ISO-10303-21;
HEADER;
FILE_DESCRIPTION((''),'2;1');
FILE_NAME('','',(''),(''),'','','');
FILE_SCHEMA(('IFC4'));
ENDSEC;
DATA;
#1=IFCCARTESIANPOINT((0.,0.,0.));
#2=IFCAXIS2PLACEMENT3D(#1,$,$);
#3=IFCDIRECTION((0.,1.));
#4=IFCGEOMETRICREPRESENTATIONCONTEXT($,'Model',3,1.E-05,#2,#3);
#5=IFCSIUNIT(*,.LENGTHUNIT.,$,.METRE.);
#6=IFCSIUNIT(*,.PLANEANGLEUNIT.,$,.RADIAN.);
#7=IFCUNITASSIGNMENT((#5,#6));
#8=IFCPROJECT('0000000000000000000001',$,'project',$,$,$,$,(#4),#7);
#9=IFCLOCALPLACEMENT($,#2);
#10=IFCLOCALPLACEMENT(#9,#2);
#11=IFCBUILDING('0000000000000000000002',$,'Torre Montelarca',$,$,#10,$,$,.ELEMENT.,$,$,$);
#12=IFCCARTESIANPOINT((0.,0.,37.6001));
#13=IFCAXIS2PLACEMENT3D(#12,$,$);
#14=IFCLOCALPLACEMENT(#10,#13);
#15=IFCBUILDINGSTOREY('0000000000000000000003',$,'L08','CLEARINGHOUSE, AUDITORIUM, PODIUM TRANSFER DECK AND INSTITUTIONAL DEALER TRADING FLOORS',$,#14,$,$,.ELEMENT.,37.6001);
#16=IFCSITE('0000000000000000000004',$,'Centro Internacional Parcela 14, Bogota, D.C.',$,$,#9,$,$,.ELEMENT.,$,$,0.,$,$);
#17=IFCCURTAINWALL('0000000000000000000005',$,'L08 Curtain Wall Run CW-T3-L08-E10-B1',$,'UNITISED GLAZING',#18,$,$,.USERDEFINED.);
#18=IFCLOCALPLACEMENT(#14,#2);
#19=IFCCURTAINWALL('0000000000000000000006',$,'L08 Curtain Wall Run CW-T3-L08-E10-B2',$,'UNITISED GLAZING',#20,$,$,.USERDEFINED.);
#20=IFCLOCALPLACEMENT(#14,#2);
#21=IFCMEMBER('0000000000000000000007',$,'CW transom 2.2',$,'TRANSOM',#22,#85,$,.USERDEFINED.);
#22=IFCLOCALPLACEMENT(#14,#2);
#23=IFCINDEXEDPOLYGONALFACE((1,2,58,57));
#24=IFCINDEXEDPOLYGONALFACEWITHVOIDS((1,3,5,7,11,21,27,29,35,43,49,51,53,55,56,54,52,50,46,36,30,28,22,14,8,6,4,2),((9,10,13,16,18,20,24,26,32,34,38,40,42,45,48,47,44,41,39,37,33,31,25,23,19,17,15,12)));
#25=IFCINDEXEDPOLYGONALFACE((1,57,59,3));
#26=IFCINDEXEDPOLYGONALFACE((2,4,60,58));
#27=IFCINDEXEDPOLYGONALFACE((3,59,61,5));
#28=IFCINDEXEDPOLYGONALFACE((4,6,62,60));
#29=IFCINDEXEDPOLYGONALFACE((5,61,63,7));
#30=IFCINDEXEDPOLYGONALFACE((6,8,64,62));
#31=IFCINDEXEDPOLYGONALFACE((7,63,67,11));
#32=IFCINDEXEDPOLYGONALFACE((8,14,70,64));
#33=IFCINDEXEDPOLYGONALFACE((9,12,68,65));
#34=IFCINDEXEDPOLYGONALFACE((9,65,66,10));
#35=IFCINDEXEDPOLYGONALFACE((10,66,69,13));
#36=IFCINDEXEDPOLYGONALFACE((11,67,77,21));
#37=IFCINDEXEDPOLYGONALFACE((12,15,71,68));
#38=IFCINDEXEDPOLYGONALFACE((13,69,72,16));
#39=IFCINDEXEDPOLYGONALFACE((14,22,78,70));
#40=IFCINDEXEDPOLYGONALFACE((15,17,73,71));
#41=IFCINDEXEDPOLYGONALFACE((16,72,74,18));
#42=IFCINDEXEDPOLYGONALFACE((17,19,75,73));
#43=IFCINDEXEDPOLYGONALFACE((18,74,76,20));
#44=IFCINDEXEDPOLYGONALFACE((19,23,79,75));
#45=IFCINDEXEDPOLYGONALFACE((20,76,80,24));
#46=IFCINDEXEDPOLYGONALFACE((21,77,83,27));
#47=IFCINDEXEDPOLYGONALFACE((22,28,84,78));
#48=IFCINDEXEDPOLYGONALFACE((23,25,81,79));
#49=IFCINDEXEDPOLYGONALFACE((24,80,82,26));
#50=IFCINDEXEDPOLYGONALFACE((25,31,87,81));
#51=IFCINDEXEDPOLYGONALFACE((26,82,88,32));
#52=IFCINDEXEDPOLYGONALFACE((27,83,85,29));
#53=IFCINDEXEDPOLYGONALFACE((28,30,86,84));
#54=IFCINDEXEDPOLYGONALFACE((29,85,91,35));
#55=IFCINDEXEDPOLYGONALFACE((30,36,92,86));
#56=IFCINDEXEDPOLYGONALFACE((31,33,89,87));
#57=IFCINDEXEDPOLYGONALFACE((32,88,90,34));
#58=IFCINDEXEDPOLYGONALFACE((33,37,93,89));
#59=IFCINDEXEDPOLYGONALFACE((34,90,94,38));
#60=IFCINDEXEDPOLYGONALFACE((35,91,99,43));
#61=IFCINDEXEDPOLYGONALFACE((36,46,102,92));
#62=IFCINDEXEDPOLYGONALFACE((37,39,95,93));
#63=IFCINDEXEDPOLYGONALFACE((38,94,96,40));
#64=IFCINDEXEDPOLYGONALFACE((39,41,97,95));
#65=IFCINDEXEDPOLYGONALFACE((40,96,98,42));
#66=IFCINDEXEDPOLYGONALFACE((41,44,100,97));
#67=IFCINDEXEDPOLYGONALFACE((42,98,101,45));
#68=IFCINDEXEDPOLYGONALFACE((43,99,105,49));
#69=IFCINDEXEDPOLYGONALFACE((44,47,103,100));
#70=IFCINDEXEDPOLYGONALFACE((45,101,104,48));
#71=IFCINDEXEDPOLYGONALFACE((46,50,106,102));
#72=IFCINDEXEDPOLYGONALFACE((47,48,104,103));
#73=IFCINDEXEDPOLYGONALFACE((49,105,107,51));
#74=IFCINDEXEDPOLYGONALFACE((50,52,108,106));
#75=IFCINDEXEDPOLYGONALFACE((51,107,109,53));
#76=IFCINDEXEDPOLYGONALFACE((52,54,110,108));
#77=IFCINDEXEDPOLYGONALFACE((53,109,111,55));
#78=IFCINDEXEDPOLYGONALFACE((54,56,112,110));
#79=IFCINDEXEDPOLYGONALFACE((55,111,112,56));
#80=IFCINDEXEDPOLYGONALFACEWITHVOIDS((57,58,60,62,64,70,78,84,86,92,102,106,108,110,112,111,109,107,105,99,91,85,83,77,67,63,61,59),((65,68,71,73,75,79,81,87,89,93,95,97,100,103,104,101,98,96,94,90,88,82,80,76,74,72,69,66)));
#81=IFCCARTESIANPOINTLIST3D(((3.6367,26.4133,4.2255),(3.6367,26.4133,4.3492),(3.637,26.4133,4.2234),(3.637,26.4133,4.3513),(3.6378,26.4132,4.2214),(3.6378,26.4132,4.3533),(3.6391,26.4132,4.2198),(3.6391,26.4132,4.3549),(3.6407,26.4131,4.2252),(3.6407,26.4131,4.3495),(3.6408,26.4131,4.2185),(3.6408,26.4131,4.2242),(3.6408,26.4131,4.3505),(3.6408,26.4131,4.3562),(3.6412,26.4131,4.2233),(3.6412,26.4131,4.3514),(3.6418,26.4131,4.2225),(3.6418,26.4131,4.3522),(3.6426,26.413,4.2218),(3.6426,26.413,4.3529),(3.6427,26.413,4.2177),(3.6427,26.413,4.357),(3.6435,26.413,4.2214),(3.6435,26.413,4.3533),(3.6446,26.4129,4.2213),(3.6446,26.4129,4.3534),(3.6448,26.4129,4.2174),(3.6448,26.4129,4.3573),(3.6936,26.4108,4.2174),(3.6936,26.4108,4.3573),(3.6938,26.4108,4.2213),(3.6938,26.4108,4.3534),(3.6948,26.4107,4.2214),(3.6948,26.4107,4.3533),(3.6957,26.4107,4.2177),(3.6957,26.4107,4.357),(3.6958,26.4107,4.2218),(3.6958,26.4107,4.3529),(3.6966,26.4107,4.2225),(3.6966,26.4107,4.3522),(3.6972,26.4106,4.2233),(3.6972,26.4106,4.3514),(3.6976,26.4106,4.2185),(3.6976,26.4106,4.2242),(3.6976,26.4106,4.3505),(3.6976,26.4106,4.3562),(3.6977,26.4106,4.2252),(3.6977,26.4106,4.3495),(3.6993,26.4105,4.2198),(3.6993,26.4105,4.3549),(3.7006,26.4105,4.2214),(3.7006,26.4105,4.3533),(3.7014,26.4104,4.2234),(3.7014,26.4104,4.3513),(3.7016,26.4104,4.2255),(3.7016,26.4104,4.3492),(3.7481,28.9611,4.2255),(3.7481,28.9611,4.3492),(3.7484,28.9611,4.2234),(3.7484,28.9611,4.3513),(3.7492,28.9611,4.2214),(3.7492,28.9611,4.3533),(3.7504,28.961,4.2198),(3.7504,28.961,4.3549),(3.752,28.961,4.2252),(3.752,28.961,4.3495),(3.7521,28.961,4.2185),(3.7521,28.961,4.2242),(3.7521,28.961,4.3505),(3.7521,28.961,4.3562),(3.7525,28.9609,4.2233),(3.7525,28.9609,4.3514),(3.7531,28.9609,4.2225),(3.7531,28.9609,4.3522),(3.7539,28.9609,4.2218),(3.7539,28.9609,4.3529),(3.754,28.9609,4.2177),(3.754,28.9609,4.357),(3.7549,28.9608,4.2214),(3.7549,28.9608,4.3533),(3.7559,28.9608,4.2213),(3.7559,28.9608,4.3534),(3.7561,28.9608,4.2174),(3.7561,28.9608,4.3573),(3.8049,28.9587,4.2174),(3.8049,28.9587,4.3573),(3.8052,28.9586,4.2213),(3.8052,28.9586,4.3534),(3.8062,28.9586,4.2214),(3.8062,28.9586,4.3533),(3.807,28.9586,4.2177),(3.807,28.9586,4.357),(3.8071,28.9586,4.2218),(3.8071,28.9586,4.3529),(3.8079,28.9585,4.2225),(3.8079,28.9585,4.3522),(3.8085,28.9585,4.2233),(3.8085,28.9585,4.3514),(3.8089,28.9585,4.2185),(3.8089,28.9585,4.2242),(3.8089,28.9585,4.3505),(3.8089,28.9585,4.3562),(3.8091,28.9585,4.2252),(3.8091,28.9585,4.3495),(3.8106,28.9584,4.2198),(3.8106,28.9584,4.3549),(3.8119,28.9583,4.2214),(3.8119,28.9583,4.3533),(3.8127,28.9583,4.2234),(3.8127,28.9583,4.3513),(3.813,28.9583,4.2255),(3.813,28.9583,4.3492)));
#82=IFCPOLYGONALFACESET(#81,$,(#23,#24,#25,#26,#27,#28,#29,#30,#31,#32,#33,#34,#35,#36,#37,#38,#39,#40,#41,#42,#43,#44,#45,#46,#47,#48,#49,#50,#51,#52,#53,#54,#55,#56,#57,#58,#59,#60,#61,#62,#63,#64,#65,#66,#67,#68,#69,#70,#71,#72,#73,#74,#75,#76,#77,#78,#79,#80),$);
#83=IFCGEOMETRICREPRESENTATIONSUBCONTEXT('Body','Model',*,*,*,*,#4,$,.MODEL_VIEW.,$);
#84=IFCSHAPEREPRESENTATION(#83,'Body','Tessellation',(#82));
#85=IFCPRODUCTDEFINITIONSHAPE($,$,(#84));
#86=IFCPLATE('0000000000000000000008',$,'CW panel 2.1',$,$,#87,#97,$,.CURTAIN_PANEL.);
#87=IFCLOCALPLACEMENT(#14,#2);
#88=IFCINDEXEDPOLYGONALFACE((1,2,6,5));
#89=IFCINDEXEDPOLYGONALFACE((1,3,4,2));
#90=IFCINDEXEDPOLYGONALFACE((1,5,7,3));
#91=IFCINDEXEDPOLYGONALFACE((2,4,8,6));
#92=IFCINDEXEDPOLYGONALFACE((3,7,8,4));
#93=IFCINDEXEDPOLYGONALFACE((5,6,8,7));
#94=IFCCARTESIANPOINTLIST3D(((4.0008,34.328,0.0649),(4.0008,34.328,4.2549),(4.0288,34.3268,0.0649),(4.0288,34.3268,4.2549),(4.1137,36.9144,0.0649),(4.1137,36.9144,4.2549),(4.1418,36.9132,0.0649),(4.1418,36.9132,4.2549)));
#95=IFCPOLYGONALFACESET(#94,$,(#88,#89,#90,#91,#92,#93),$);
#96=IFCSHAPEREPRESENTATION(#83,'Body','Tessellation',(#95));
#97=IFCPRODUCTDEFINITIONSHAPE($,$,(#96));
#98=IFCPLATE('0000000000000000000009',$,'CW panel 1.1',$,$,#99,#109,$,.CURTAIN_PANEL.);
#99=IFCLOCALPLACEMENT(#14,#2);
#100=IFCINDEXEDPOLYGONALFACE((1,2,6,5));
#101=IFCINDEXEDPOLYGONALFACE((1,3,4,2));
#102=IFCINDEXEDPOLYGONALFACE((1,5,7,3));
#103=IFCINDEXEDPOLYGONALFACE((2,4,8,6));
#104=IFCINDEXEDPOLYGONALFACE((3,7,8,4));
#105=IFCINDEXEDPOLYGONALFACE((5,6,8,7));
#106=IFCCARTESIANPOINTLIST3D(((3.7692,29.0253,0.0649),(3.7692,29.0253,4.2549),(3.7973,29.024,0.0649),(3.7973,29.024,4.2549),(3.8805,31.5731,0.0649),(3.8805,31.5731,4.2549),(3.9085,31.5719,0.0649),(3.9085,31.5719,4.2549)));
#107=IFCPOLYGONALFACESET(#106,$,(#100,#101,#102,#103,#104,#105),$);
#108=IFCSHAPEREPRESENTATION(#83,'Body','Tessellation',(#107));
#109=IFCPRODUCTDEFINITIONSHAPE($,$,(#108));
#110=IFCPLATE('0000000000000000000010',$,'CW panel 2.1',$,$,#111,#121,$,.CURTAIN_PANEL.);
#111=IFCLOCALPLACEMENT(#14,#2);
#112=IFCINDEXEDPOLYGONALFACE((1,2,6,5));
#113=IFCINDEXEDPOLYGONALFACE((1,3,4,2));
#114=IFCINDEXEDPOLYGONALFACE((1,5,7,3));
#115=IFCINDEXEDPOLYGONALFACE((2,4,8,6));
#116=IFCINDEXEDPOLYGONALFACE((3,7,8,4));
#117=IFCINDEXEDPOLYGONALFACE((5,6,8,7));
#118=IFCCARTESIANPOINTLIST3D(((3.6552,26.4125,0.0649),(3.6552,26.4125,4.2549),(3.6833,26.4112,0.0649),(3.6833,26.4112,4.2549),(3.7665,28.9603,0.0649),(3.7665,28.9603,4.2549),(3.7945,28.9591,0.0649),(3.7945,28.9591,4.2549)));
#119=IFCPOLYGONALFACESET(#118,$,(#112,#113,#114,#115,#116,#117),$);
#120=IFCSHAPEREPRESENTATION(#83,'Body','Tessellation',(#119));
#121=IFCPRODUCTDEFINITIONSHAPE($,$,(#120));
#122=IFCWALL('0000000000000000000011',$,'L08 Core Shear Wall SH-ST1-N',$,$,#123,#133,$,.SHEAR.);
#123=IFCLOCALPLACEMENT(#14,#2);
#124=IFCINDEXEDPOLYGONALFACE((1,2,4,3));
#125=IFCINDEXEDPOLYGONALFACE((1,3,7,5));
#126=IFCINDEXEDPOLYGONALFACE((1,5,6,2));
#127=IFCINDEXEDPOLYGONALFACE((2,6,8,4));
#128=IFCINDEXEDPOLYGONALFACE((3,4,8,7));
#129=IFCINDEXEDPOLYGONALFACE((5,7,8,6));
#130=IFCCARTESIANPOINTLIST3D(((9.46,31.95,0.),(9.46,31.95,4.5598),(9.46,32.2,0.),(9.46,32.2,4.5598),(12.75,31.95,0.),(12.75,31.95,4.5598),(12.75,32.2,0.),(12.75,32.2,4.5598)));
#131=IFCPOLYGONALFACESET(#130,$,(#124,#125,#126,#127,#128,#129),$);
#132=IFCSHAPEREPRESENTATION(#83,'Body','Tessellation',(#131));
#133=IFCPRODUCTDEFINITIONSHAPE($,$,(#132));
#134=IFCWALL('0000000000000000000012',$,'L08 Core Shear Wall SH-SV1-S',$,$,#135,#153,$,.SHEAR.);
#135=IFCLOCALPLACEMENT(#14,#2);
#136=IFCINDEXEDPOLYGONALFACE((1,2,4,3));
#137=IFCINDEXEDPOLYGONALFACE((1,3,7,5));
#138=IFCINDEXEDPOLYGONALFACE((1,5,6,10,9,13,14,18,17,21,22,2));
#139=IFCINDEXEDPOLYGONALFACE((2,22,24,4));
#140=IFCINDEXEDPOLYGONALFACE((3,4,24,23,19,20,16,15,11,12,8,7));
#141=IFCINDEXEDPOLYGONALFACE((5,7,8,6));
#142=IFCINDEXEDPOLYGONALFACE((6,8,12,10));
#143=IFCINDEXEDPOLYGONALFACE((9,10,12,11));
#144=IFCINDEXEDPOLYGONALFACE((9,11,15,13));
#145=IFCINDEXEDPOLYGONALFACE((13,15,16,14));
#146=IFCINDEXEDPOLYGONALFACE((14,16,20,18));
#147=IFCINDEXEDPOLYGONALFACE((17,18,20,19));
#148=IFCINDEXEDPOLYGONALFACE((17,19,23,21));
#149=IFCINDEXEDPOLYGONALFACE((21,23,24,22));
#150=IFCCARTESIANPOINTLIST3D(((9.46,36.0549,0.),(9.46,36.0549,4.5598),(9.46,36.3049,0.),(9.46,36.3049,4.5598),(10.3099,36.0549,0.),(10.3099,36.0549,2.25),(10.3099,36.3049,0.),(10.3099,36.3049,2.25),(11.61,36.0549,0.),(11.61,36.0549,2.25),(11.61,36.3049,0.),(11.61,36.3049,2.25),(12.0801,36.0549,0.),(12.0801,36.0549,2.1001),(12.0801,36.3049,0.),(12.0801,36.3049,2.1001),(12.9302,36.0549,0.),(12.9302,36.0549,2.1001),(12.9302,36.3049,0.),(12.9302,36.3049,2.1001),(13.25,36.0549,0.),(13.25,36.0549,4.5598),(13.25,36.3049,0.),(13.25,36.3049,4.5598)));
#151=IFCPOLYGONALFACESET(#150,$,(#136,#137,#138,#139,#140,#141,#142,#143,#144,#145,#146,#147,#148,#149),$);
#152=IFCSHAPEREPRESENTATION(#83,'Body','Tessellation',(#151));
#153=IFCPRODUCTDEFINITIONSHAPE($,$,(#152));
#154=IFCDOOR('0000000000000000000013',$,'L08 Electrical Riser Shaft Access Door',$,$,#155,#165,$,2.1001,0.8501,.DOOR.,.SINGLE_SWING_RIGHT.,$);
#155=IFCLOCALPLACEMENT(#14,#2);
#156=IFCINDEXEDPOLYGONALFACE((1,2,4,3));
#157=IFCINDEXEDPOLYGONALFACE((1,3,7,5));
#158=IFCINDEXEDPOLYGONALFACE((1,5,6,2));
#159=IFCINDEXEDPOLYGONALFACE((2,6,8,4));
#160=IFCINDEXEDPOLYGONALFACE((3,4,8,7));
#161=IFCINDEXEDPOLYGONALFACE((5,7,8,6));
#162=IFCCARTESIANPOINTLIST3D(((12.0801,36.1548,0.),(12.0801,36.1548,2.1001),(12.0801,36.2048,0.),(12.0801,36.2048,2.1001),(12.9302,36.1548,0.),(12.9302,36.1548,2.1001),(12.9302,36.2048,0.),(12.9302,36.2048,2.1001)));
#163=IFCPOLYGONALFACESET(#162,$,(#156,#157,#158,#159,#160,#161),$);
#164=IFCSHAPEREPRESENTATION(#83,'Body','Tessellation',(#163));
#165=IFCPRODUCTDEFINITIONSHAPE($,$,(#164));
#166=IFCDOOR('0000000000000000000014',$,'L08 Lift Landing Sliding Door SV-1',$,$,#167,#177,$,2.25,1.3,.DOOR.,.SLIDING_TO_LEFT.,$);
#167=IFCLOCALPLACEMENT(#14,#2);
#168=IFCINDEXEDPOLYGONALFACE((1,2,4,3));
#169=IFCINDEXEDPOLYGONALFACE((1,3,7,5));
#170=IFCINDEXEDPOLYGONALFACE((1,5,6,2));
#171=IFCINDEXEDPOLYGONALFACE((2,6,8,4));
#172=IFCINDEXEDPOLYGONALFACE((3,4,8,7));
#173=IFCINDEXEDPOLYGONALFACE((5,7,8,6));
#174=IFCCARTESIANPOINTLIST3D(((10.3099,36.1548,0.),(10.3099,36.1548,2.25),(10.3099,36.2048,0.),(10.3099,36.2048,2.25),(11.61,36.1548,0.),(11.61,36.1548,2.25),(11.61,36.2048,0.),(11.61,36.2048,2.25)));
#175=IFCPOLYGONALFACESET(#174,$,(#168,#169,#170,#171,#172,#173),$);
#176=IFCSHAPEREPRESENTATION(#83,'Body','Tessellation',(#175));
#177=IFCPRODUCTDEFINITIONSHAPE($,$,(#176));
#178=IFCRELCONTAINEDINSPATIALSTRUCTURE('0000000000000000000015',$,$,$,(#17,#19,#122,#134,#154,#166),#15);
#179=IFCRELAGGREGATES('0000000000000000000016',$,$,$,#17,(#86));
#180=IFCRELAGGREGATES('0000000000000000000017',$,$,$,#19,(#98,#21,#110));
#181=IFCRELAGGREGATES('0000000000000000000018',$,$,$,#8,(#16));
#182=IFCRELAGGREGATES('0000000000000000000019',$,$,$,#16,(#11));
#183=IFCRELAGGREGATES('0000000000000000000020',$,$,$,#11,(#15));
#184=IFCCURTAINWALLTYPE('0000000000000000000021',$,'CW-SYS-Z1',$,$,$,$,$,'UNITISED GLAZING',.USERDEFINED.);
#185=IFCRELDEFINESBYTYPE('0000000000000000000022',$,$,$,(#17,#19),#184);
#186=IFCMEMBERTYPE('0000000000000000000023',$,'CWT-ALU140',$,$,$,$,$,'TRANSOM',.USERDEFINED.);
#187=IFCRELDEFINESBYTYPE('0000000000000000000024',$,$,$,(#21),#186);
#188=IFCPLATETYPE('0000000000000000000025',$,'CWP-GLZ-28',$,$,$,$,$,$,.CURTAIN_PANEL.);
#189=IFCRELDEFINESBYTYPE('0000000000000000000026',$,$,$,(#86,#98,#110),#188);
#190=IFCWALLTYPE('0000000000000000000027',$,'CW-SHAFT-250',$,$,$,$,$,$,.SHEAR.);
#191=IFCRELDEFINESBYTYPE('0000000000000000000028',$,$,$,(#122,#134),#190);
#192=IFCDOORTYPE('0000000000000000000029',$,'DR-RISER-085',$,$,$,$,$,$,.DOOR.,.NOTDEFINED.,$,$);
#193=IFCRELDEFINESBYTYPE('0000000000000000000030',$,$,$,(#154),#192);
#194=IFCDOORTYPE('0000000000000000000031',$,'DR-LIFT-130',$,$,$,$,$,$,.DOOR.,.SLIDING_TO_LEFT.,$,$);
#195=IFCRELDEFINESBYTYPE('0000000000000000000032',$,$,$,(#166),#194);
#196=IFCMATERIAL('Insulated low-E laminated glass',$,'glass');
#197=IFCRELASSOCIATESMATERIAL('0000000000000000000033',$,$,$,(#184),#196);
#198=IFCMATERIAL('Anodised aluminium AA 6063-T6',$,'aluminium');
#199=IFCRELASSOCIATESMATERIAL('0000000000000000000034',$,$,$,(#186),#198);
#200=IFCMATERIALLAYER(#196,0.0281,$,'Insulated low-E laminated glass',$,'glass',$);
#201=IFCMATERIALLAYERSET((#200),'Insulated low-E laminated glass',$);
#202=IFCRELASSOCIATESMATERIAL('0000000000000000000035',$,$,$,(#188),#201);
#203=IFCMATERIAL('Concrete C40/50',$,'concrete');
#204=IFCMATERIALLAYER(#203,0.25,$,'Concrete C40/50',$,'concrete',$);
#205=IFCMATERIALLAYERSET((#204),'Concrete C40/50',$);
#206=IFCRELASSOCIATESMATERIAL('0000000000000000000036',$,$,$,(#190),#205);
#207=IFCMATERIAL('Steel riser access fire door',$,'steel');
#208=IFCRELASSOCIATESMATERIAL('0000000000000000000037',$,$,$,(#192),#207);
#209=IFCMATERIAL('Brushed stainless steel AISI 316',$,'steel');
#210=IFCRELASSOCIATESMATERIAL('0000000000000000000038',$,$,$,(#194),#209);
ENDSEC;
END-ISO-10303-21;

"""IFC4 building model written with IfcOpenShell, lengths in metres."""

from ifc_helpers import new_model, si_unit, direction, frame, frame_2d, origin, origin_2d, place, context, subcontext, project, spatial, rectangle, hollow_rectangle, extrude, source, transform, mapped, material, layer, layer_set, material_profile, profile_set, type_object, element, fill, aggregate, save


model = new_model("IFC4")

# Units and contexts
model_context = context("Model", 3, precision=1e-05, world=origin(), true_north=direction((0.0, 1.0)))
body_context = subcontext(model_context, "Body", "Model", "MODEL_VIEW")
ifc_project = project(units=[si_unit("LENGTHUNIT", "METRE"), si_unit("PLANEANGLEUNIT", "RADIAN")], contexts=[model_context])

# Site, building, storey
site_placement = place(None, origin())
site = spatial("IfcSite", under=ifc_project, at=site_placement, Name="Centro Internacional Parcela 14, Bogota, D.C.", CompositionType="ELEMENT", RefElevation=0.0)
building_placement = place(site_placement, origin())
building = spatial("IfcBuilding", under=site, at=building_placement, Name="Torre Montelarca", CompositionType="ELEMENT")
storey_placement = place(building_placement, frame((0.0, 0.0, 37.6001)))
storey = spatial("IfcBuildingStorey", under=building, at=storey_placement, Name="L08", Description="CLEARINGHOUSE, AUDITORIUM, PODIUM TRANSFER DECK AND INSTITUTIONAL DEALER TRADING FLOORS", CompositionType="ELEMENT", Elevation=37.6001)

# Curtain wall
ifc_material_1 = material(Name="Insulated low-E laminated glass", Category="glass")
curtain_wall_type = type_object("IfcCurtainWallType", Name="CW-SYS-Z1", ElementType="UNITISED GLAZING", PredefinedType="USERDEFINED", material=ifc_material_1)
curtain_wall_1_placement = place(storey_placement, origin())
curtain_wall_1 = element("IfcCurtainWall", 1, at=curtain_wall_1_placement, inside=storey, type_object=curtain_wall_type, Name="L08 Curtain Wall Run CW-T3-L08-E10-B1", ObjectType="UNITISED GLAZING", PredefinedType="USERDEFINED")
ifc_material_2 = material(Name="Anodised aluminium AA 6063-T6", Category="aluminium")

# Curtain wall
curtain_wall_2_placement = place(storey_placement, origin())
curtain_wall_2 = element("IfcCurtainWall", 2, at=curtain_wall_2_placement, inside=storey, type_object=curtain_wall_type, Name="L08 Curtain Wall Run CW-T3-L08-E10-B2", ObjectType="UNITISED GLAZING", PredefinedType="USERDEFINED")

# Member
ifc_material_profile_1 = material_profile(ifc_material_2, hollow_rectangle(XDim=0.0649, YDim=0.1399, WallThickness=0.0039, InnerFilletRadius=0.0039, OuterFilletRadius=0.0081, at=origin_2d()), Name="ALU65X140X4", Category="aluminium")
ifc_profile_set_1 = profile_set([ifc_material_profile_1], Name="Anodised aluminium AA 6063-T6")
member_type_1 = type_object("IfcMemberType", Name="CWT-ALU140", ElementType="TRANSOM", PredefinedType="USERDEFINED", material=ifc_profile_set_1)
shared_shape_1 = source(origin(), body_context, "Body", "SweptSolid", [
    extrude(hollow_rectangle(XDim=0.0649, YDim=0.1399, WallThickness=0.0039, InnerFilletRadius=0.0039, OuterFilletRadius=0.0081, at=origin_2d()), origin(), (0.0, 0.0, 1.0), 2.5503),
])
member_1_placement = place(storey_placement, frame((3.7805, 28.9597, 4.2874), z_axis=(-0.043653, -0.999047, 0.0), x_axis=(0.999047, -0.043653, 0.0)))
member_1 = element("IfcMember", 3, at=member_1_placement, type_object=member_type_1, Name="CW transom 2.2", ObjectType="TRANSOM", PredefinedType="USERDEFINED", context=body_context, shape_type="MappedRepresentation", body=[
    mapped(shared_shape_1, transform((0.0, 0.0, 0.0), scale=1.0)),
])

# Plates
ifc_layer_1 = layer(ifc_material_1, 0.0281, Name="Insulated low-E laminated glass", Category="glass")
ifc_layer_set_1 = layer_set([ifc_layer_1], Name="Insulated low-E laminated glass")
plate_type = type_object("IfcPlateType", Name="CWP-GLZ-28", PredefinedType="CURTAIN_PANEL", material=ifc_layer_set_1)
shared_shape_2 = source(origin(), body_context, "Body", "SweptSolid", [
    extrude(rectangle(XDim=2.5889, YDim=0.0281, at=origin_2d()), origin(), (0.0, 0.0, 1.0), 4.1899),
])
plate_1_placement = place(storey_placement, frame((4.0713, 35.6206, 0.0649), z_axis=(0.0, 0.0, 1.0), x_axis=(-0.043629, -0.999048, 0.0)))
plate_1 = element("IfcPlate", 4, at=plate_1_placement, type_object=plate_type, Name="CW panel 2.1", PredefinedType="CURTAIN_PANEL", context=body_context, shape_type="MappedRepresentation", body=[
    mapped(shared_shape_2, transform((0.0, 0.0, 0.0), scale=1.0)),
])
aggregate(curtain_wall_1, [plate_1])
shared_shape_3 = source(origin(), body_context, "Body", "SweptSolid", [
    extrude(rectangle(XDim=2.5503, YDim=0.0281, at=origin_2d()), origin(), (0.0, 0.0, 1.0), 4.1899),
])
plate_2_placement = place(storey_placement, frame((3.8389, 30.2986, 0.0649), z_axis=(0.0, 0.0, 1.0), x_axis=(-0.043622, -0.999048, 0.0)))
plate_2 = element("IfcPlate", 5, at=plate_2_placement, type_object=plate_type, Name="CW panel 1.1", PredefinedType="CURTAIN_PANEL", context=body_context, shape_type="MappedRepresentation", body=[
    mapped(shared_shape_3, transform((0.0, 0.0, 0.0), scale=1.0)),
])
plate_3_placement = place(storey_placement, frame((3.7249, 27.6858, 0.0649), z_axis=(0.0, 0.0, 1.0), x_axis=(-0.043622, -0.999048, 0.0)))
plate_3 = element("IfcPlate", 6, at=plate_3_placement, type_object=plate_type, Name="CW panel 2.1", PredefinedType="CURTAIN_PANEL", context=body_context, shape_type="MappedRepresentation", body=[
    mapped(shared_shape_3, transform((0.0, 0.0, 0.0), scale=1.0)),
])
aggregate(curtain_wall_2, [plate_2, member_1, plate_3])

# Wall
ifc_material_3 = material(Name="Concrete C40/50", Category="concrete")
ifc_layer_2 = layer(ifc_material_3, 0.25, Name="Concrete C40/50", Category="concrete")
ifc_layer_set_2 = layer_set([ifc_layer_2], Name="Concrete C40/50")
wall_type_1 = type_object("IfcWallType", Name="CW-SHAFT-250", PredefinedType="SHEAR", material=ifc_layer_set_2)
wall_1_placement = place(storey_placement, frame((9.46, 32.075, 0.0), z_axis=(0.0, 0.0, 1.0), x_axis=(1.0, 0.0, 0.0)))
element("IfcWall", 7, at=wall_1_placement, inside=storey, type_object=wall_type_1, Name="L08 Core Shear Wall SH-ST1-N", PredefinedType="SHEAR", context=body_context, shape_type="SweptSolid", body=[
    extrude(rectangle(XDim=3.29, YDim=0.25, at=frame_2d((1.645, 0.0))), origin(), (0.0, 0.0, 1.0), 4.5598),
])

# Wall, openings, doors
wall_2_placement = place(storey_placement, frame((9.46, 36.1799, 0.0), z_axis=(0.0, 0.0, 1.0), x_axis=(1.0, 0.0, 0.0)))
wall_2 = element("IfcWall", 8, at=wall_2_placement, inside=storey, type_object=wall_type_1, Name="L08 Core Shear Wall SH-SV1-S", PredefinedType="SHEAR", context=body_context, shape_type="SweptSolid", body=[
    extrude(rectangle(XDim=3.79, YDim=0.25, at=frame_2d((1.895, 0.0))), origin(), (0.0, 0.0, 1.0), 4.5598),
])
opening_1_placement = place(wall_2_placement, frame((2.6201, 0.0, 0.0)))
opening_1 = element("IfcOpeningElement", 9, at=opening_1_placement, cuts=wall_2, PredefinedType="OPENING", context=body_context, shape_type="SweptSolid", body=[
    extrude(rectangle(XDim=0.8501, YDim=2.1001, at=frame_2d((0.425, 1.05))), frame((0.0, 0.135, 0.0), z_axis=(0.0, -1.0, 0.0), x_axis=(1.0, 0.0, 0.0)), (0.0, 0.0, 1.0), 0.27),
])
opening_2_placement = place(wall_2_placement, frame((0.8501, 0.0, 0.0)))
opening_2 = element("IfcOpeningElement", 10, at=opening_2_placement, cuts=wall_2, PredefinedType="OPENING", context=body_context, shape_type="SweptSolid", body=[
    extrude(rectangle(XDim=1.3, YDim=2.25, at=frame_2d((0.6499, 1.125))), frame((0.0, 0.135, 0.0), z_axis=(0.0, -1.0, 0.0), x_axis=(1.0, 0.0, 0.0)), (0.0, 0.0, 1.0), 0.27),
])
ifc_material_4 = material(Name="Steel riser access fire door", Category="steel")
door_type_1 = type_object("IfcDoorType", Name="DR-RISER-085", OperationType="NOTDEFINED", PredefinedType="DOOR", material=ifc_material_4)
shared_shape_4 = source(origin(), body_context, "Body", "SweptSolid", [
    extrude(rectangle(XDim=0.8501, YDim=2.1001, at=frame_2d((0.425, 1.05))), frame((0.0, 0.0249, 0.0), z_axis=(0.0, -1.0, 0.0), x_axis=(1.0, 0.0, 0.0)), (0.0, 0.0, 1.0), 0.05),
])
door_1_placement = place(opening_1_placement, origin())
door_1 = element("IfcDoor", 11, at=door_1_placement, inside=storey, type_object=door_type_1, Name="L08 Electrical Riser Shaft Access Door", OperationType="SINGLE_SWING_RIGHT", OverallHeight=2.1001, OverallWidth=0.8501, PredefinedType="DOOR", context=body_context, shape_type="MappedRepresentation", body=[
    mapped(shared_shape_4, transform((0.0, 0.0, 0.0), scale=1.0)),
])
fill(opening_1, door_1)
ifc_material_5 = material(Name="Brushed stainless steel AISI 316", Category="steel")
door_type_2 = type_object("IfcDoorType", Name="DR-LIFT-130", OperationType="SLIDING_TO_LEFT", PredefinedType="DOOR", material=ifc_material_5)
shared_shape_5 = source(origin(), body_context, "Body", "SweptSolid", [
    extrude(rectangle(XDim=1.3, YDim=2.25, at=frame_2d((0.6499, 1.125))), frame((0.0, 0.0249, 0.0), z_axis=(0.0, -1.0, 0.0), x_axis=(1.0, 0.0, 0.0)), (0.0, 0.0, 1.0), 0.05),
])
door_2_placement = place(opening_2_placement, origin())
door_2 = element("IfcDoor", 12, at=door_2_placement, inside=storey, type_object=door_type_2, Name="L08 Lift Landing Sliding Door SV-1", OperationType="SLIDING_TO_LEFT", OverallHeight=2.25, OverallWidth=1.3, PredefinedType="DOOR", context=body_context, shape_type="MappedRepresentation", body=[
    mapped(shared_shape_5, transform((0.0, 0.0, 0.0), scale=1.0)),
])
fill(opening_2, door_2)

save(model, "model.ifc")
